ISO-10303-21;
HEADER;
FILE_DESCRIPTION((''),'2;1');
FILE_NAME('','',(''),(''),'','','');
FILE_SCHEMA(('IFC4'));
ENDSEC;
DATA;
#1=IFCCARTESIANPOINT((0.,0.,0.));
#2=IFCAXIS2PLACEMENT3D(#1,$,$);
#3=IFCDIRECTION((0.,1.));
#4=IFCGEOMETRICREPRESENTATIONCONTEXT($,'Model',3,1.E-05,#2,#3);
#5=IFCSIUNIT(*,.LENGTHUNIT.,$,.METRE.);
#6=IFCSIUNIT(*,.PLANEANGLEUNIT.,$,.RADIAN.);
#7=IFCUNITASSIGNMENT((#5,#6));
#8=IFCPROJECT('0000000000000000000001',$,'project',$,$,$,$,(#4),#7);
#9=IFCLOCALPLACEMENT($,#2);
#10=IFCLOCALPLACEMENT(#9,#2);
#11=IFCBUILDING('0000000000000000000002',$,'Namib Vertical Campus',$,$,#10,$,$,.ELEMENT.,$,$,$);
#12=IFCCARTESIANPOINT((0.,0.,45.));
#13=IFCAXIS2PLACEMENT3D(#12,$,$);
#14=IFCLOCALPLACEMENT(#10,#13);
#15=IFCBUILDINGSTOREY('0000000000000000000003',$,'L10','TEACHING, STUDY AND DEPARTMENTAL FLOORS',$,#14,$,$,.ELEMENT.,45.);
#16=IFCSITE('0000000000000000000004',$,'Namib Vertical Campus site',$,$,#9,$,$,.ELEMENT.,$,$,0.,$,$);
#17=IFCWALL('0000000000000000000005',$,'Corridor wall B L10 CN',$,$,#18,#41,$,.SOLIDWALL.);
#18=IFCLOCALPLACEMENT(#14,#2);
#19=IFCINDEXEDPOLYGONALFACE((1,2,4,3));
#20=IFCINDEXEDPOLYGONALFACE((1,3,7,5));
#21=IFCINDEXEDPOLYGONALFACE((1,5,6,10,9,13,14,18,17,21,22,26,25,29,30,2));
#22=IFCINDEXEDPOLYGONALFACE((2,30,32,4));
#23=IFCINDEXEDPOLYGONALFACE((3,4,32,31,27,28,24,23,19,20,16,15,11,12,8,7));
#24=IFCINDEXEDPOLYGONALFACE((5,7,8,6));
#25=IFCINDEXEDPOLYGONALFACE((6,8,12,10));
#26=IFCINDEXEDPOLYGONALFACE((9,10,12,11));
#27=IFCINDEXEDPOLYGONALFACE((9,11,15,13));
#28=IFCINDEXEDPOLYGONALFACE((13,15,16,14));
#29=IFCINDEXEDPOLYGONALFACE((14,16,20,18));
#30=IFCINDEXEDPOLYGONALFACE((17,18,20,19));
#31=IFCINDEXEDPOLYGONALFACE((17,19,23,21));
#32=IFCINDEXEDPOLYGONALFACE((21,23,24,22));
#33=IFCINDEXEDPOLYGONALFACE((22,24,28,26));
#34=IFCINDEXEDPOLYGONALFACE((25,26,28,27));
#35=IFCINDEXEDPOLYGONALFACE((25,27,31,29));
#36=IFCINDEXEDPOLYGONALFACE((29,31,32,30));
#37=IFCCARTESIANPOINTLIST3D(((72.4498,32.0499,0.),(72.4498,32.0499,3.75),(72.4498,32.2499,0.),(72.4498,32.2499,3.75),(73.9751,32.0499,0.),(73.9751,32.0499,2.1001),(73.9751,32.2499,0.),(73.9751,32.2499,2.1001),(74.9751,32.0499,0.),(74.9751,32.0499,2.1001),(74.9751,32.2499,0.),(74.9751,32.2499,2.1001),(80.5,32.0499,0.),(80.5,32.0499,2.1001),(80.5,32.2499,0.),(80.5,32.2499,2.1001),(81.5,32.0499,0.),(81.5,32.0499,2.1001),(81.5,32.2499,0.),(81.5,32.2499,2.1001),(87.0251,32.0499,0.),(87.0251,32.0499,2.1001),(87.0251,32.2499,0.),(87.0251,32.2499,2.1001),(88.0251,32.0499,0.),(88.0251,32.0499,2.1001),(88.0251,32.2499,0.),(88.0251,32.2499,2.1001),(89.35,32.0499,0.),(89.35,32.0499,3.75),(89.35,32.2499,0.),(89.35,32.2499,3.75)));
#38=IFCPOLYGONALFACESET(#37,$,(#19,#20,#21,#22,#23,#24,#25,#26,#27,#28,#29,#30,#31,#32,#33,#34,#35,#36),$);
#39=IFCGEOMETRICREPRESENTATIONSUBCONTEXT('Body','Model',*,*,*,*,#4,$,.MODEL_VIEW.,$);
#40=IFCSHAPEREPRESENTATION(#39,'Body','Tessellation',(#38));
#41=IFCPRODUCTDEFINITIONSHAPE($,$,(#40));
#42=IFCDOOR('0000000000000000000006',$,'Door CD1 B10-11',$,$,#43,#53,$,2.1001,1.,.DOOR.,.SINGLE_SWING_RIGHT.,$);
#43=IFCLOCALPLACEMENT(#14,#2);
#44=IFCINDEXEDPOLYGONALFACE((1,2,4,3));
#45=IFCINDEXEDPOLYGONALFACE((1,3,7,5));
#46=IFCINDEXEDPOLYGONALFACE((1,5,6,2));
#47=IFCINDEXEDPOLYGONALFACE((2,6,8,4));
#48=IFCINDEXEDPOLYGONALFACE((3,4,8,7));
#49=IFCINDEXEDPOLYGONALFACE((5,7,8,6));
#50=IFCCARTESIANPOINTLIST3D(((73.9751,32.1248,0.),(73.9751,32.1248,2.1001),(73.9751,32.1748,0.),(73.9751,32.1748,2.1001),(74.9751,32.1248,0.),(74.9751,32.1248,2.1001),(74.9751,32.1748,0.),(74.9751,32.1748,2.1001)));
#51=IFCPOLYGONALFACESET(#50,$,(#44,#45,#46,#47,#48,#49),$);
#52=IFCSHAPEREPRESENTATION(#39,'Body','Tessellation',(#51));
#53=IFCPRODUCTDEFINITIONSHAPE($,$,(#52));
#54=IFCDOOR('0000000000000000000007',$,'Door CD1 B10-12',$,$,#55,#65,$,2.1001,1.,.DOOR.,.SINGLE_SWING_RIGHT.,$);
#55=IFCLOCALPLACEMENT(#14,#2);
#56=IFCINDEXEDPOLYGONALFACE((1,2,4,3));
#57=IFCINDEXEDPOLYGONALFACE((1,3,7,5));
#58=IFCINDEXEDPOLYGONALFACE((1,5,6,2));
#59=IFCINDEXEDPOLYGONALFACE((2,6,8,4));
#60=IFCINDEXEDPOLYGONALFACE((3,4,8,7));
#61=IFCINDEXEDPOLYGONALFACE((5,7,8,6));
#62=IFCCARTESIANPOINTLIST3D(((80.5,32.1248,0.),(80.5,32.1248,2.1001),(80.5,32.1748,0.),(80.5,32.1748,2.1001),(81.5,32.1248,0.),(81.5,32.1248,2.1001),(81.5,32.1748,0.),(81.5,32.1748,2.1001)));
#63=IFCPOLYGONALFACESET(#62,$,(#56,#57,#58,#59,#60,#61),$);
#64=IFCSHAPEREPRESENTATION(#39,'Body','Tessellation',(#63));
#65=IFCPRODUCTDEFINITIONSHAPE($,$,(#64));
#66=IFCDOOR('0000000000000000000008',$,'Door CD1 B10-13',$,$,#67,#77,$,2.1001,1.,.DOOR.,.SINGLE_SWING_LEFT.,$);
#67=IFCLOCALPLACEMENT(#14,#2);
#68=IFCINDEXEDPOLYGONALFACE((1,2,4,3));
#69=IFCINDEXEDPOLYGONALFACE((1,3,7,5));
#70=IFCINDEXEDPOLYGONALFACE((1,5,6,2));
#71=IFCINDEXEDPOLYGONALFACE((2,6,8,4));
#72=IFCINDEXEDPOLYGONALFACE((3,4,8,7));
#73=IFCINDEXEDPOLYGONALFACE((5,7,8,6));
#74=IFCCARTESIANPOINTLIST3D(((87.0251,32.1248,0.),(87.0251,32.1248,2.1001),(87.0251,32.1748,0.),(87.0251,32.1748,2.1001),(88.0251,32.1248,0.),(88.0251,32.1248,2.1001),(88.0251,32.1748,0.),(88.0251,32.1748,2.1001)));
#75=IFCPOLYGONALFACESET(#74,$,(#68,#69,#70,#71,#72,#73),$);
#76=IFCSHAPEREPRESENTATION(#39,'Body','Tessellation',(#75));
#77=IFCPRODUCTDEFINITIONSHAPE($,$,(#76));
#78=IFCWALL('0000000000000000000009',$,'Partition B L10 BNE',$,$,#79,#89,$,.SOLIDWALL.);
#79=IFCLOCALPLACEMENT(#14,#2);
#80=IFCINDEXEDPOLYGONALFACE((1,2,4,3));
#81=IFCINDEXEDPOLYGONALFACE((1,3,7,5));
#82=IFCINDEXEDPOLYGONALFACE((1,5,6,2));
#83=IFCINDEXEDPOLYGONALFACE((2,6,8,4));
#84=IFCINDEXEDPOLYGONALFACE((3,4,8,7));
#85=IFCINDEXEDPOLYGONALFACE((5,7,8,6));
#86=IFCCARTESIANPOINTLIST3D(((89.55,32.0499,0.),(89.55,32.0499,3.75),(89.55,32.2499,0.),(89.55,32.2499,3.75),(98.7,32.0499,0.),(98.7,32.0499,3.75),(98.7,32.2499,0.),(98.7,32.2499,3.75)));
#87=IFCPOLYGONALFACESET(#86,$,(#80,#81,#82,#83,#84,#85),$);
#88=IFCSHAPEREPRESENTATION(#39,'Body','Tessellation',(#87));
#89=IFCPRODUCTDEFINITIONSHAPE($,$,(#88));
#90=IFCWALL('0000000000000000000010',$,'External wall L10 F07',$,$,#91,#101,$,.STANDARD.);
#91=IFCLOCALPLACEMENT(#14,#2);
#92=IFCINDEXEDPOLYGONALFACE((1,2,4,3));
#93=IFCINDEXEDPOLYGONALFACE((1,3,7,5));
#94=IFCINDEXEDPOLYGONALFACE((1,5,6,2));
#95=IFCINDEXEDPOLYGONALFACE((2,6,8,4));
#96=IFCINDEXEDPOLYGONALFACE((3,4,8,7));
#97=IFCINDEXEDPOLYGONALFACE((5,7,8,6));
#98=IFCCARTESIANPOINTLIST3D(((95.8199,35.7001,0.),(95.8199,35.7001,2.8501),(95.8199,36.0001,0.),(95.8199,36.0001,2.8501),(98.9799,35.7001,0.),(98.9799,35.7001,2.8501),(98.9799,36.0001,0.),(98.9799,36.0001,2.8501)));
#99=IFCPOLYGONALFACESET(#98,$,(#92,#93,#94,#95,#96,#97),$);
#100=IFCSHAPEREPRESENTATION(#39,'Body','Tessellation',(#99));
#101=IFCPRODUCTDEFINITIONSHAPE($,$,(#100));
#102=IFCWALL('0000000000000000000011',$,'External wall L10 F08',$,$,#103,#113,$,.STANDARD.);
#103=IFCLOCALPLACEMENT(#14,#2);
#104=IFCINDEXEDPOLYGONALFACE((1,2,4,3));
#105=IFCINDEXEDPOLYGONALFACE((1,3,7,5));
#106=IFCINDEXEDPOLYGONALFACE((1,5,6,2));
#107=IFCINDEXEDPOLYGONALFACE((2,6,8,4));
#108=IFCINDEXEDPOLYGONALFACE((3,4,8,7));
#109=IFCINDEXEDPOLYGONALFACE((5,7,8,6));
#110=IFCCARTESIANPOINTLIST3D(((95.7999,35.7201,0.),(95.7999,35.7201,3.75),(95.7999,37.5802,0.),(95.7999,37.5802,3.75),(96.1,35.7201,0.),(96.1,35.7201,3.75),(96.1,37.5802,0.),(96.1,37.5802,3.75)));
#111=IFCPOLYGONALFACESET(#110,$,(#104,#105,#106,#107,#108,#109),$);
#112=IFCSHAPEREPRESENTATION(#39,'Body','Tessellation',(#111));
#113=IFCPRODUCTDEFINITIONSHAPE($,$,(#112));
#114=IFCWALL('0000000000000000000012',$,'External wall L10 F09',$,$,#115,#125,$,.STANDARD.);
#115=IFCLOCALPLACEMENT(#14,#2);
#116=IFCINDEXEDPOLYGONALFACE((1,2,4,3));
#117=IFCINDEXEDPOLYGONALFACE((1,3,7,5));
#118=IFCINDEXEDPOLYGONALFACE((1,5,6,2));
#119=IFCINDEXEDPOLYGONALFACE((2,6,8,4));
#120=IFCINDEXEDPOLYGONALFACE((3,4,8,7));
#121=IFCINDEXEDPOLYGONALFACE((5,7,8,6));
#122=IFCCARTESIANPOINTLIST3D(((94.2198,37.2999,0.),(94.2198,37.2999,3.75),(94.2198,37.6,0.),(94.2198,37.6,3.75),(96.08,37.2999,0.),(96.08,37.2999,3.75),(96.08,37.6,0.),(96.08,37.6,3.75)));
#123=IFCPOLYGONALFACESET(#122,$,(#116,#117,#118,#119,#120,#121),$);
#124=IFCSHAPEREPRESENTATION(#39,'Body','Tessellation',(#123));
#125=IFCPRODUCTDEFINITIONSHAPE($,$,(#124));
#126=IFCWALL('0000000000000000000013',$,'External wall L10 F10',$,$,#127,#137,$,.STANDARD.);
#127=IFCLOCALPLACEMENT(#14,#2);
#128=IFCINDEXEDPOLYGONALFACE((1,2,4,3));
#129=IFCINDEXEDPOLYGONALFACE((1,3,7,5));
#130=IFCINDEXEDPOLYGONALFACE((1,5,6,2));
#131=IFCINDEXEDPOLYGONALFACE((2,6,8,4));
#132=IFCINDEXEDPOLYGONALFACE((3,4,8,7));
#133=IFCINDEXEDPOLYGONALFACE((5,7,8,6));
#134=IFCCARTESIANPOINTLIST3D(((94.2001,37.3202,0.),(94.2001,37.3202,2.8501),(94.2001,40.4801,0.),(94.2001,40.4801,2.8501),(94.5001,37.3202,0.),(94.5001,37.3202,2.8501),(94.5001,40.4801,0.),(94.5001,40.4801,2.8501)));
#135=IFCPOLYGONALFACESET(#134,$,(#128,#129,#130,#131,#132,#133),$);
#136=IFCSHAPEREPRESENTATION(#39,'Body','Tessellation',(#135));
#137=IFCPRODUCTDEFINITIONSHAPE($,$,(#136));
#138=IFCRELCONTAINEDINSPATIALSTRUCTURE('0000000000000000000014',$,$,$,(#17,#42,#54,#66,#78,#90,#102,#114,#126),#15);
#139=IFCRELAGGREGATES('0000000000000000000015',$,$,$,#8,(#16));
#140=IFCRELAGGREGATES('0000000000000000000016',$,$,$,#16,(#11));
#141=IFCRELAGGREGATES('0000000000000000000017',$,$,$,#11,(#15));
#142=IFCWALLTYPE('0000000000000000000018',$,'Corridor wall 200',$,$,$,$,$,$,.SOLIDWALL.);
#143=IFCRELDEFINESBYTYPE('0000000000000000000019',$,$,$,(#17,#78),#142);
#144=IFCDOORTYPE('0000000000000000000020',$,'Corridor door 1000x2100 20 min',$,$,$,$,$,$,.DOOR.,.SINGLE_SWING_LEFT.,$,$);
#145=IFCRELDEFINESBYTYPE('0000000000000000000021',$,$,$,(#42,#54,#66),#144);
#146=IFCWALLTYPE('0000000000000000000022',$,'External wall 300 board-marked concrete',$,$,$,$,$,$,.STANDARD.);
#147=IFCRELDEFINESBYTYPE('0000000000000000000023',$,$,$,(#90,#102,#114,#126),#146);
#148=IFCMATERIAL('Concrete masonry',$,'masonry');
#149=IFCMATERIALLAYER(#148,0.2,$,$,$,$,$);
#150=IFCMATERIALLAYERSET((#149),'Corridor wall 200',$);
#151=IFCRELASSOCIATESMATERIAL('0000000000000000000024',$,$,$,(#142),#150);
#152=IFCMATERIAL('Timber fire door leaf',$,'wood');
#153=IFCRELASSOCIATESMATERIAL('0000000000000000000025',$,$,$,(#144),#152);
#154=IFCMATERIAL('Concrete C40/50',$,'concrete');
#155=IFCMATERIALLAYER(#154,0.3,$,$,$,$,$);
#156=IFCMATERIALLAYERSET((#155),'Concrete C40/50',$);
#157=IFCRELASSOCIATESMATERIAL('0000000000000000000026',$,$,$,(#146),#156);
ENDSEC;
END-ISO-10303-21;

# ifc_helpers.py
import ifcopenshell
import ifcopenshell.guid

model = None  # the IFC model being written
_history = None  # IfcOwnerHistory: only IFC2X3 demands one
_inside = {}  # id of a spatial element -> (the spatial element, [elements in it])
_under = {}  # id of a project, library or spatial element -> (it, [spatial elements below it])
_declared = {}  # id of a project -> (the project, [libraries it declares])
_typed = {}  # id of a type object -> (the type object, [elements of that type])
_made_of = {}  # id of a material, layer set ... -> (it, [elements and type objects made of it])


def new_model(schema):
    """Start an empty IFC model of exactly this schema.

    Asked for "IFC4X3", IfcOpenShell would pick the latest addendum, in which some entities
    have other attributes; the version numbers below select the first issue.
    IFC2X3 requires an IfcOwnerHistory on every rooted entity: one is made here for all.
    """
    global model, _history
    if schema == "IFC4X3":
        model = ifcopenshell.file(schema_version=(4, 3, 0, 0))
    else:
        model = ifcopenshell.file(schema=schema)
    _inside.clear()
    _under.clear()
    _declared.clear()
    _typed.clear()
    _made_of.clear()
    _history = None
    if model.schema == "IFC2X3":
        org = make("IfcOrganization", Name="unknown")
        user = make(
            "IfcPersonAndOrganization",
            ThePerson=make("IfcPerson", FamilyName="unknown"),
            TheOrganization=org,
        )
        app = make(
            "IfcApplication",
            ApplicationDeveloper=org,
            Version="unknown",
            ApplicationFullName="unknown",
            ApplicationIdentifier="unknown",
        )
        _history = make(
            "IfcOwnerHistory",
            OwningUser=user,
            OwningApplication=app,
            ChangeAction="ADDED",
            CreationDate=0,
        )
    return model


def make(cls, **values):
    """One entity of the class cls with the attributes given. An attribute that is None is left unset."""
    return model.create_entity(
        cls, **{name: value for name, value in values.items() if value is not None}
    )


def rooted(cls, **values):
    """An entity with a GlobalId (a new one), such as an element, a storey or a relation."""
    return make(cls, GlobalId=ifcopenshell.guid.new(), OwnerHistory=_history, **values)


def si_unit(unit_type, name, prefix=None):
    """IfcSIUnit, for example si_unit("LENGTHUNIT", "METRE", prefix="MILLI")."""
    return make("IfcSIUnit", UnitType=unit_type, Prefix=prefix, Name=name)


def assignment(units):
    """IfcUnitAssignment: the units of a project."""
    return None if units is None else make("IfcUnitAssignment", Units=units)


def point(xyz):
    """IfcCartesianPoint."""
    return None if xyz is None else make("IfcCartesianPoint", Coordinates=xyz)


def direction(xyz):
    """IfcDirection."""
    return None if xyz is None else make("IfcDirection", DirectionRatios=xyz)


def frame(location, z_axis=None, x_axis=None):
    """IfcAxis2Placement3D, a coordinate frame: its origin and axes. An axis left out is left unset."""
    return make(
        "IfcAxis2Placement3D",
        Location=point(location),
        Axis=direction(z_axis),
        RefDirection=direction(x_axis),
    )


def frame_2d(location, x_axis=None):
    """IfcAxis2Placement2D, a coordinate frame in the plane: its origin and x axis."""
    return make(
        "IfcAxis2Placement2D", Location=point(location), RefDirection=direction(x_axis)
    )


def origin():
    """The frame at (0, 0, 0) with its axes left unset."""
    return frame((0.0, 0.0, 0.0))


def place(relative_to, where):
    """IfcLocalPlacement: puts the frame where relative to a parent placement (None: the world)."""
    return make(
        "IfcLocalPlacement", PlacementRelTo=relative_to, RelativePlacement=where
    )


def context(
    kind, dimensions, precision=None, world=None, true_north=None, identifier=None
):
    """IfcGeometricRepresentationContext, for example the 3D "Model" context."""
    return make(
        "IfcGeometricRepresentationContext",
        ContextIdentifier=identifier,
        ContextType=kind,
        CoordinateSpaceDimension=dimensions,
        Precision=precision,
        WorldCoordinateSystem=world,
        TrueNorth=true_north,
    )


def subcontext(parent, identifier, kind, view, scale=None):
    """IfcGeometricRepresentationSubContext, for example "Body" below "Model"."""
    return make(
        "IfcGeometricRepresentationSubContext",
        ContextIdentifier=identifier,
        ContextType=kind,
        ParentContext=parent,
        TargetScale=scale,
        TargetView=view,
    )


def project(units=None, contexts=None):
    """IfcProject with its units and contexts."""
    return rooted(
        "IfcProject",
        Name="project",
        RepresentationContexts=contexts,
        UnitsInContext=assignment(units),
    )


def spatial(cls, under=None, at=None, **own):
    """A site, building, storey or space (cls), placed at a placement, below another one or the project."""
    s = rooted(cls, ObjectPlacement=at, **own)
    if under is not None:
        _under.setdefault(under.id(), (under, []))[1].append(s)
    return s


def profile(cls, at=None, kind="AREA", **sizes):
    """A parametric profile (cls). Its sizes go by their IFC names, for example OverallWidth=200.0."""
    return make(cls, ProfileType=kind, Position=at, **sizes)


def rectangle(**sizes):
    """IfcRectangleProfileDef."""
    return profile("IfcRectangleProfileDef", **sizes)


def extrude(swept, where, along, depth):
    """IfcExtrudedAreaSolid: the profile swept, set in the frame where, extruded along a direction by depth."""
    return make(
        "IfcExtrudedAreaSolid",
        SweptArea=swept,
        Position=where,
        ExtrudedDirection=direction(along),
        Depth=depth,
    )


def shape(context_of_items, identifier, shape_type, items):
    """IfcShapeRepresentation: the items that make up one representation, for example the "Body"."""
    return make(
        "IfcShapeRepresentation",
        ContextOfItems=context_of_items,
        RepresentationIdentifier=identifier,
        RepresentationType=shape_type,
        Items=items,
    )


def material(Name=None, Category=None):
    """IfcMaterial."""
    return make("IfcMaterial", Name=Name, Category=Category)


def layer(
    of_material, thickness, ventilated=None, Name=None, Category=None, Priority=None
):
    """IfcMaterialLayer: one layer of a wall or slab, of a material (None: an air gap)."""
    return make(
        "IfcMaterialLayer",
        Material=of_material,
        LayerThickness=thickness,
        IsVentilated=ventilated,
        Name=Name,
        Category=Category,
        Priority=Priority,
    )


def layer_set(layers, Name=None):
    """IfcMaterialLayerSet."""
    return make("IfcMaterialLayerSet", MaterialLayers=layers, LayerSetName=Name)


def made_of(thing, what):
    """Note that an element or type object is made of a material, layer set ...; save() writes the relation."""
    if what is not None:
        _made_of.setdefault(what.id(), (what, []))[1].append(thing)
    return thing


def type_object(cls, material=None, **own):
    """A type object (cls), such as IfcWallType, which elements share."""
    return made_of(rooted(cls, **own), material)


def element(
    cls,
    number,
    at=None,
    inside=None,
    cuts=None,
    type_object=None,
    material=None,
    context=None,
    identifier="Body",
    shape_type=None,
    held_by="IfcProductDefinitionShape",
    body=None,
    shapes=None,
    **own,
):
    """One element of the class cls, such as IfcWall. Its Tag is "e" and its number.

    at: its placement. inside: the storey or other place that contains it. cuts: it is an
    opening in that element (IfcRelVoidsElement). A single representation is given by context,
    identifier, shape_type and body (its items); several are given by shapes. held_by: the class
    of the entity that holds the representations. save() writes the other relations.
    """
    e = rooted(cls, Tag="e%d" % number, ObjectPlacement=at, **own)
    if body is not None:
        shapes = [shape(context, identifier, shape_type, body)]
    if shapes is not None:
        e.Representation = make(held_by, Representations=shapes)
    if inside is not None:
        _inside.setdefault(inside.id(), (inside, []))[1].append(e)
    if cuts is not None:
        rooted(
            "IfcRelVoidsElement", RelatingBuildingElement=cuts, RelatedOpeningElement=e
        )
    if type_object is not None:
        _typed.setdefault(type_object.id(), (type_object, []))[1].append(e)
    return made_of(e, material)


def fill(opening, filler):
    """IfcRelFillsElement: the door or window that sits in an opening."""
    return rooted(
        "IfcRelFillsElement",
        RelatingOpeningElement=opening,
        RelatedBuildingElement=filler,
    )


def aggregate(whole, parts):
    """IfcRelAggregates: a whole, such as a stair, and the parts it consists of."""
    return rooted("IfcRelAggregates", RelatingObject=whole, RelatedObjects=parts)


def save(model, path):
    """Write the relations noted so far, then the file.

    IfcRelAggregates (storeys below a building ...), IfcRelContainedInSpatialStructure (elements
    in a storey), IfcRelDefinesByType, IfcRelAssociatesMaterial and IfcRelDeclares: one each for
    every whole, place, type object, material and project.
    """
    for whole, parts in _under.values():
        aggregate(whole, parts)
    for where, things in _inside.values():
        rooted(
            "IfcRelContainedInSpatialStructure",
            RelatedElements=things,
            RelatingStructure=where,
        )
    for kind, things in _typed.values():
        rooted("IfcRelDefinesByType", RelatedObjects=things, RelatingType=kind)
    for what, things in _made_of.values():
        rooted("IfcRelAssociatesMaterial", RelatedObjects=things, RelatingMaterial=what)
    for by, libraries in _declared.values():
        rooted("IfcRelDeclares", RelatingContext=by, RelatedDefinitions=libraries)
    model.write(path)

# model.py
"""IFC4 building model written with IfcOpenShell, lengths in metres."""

from ifc_helpers import new_model, si_unit, direction, frame, frame_2d, origin, place, context, subcontext, project, spatial, rectangle, extrude, material, layer, layer_set, type_object, element, fill, save


model = new_model("IFC4")

# Units and contexts
model_context = context("Model", 3, precision=1e-05, world=origin(), true_north=direction((0.0, 1.0)))
body_context = subcontext(model_context, "Body", "Model", "MODEL_VIEW")
ifc_project = project(units=[si_unit("LENGTHUNIT", "METRE"), si_unit("PLANEANGLEUNIT", "RADIAN")], contexts=[model_context])

# Site, building, storey
site_placement = place(None, origin())
site = spatial("IfcSite", under=ifc_project, at=site_placement, Name="Namib Vertical Campus site", CompositionType="ELEMENT", RefElevation=0.0)
building_placement = place(site_placement, origin())
building = spatial("IfcBuilding", under=site, at=building_placement, Name="Namib Vertical Campus", CompositionType="ELEMENT")
storey_placement = place(building_placement, frame((0.0, 0.0, 45.0)))
storey = spatial("IfcBuildingStorey", under=building, at=storey_placement, Name="L10", Description="TEACHING, STUDY AND DEPARTMENTAL FLOORS", CompositionType="ELEMENT", Elevation=45.0)

# Wall, openings, doors
ifc_material_1 = material(Name="Concrete masonry", Category="masonry")
ifc_layer_1 = layer(ifc_material_1, 0.2)
ifc_layer_set_1 = layer_set([ifc_layer_1], Name="Corridor wall 200")
wall_type_1 = type_object("IfcWallType", Name="Corridor wall 200", PredefinedType="SOLIDWALL", material=ifc_layer_set_1)
wall_1_placement = place(storey_placement, frame((89.3501, 32.1499, 0.0), z_axis=(0.0, 0.0, 1.0), x_axis=(-1.0, 0.0, 0.0)))
wall_1 = element("IfcWall", 1, at=wall_1_placement, inside=storey, type_object=wall_type_1, Name="Corridor wall B L10 CN", PredefinedType="SOLIDWALL", context=body_context, shape_type="SweptSolid", body=[
    extrude(rectangle(XDim=16.9001, YDim=0.2, at=frame_2d((8.4502, 0.0))), origin(), (0.0, 0.0, 1.0), 3.75),
])
opening_1_placement = place(wall_1_placement, frame((14.375, 0.0, 0.0)))
opening_1 = element("IfcOpeningElement", 2, at=opening_1_placement, cuts=wall_1, PredefinedType="OPENING", context=body_context, shape_type="SweptSolid", body=[
    extrude(rectangle(XDim=1.0, YDim=2.1001, at=frame_2d((0.5, 1.05))), frame((0.0, 0.1099, 0.0), z_axis=(0.0, -1.0, 0.0), x_axis=(1.0, 0.0, 0.0)), (0.0, 0.0, 1.0), 0.22),
])
opening_2_placement = place(wall_1_placement, frame((7.8501, 0.0, 0.0)))
opening_2 = element("IfcOpeningElement", 3, at=opening_2_placement, cuts=wall_1, PredefinedType="OPENING", context=body_context, shape_type="SweptSolid", body=[
    extrude(rectangle(XDim=1.0, YDim=2.1001, at=frame_2d((0.5, 1.05))), frame((0.0, 0.1099, 0.0), z_axis=(0.0, -1.0, 0.0), x_axis=(1.0, 0.0, 0.0)), (0.0, 0.0, 1.0), 0.22),
])
opening_3_placement = place(wall_1_placement, frame((1.325, 0.0, 0.0)))
opening_3 = element("IfcOpeningElement", 4, at=opening_3_placement, cuts=wall_1, PredefinedType="OPENING", context=body_context, shape_type="SweptSolid", body=[
    extrude(rectangle(XDim=1.0, YDim=2.1001, at=frame_2d((0.5, 1.05))), frame((0.0, 0.1099, 0.0), z_axis=(0.0, -1.0, 0.0), x_axis=(1.0, 0.0, 0.0)), (0.0, 0.0, 1.0), 0.22),
])
ifc_material_2 = material(Name="Timber fire door leaf", Category="wood")
door_type = type_object("IfcDoorType", Name="Corridor door 1000x2100 20 min", OperationType="SINGLE_SWING_LEFT", PredefinedType="DOOR", material=ifc_material_2)
door_1_placement = place(opening_1_placement, frame((1.0, 0.0, 0.0), z_axis=(0.0, 0.0, 1.0), x_axis=(-1.0, 0.0, 0.0)))
door_1 = element("IfcDoor", 5, at=door_1_placement, inside=storey, type_object=door_type, Name="Door CD1 B10-11", OperationType="SINGLE_SWING_RIGHT", OverallHeight=2.1001, OverallWidth=1.0, PredefinedType="DOOR", context=body_context, shape_type="SweptSolid", body=[
    extrude(rectangle(XDim=1.0, YDim=2.1001, at=frame_2d((0.5, 1.05))), frame((0.0, 0.0249, 0.0), z_axis=(0.0, -1.0, 0.0), x_axis=(1.0, 0.0, 0.0)), (0.0, 0.0, 1.0), 0.05),
])
fill(opening_1, door_1)
door_2_placement = place(opening_2_placement, frame((1.0, 0.0, 0.0), z_axis=(0.0, 0.0, 1.0), x_axis=(-1.0, 0.0, 0.0)))
door_2 = element("IfcDoor", 6, at=door_2_placement, inside=storey, type_object=door_type, Name="Door CD1 B10-12", OperationType="SINGLE_SWING_RIGHT", OverallHeight=2.1001, OverallWidth=1.0, PredefinedType="DOOR", context=body_context, shape_type="SweptSolid", body=[
    extrude(rectangle(XDim=1.0, YDim=2.1001, at=frame_2d((0.5, 1.05))), frame((0.0, 0.0249, 0.0), z_axis=(0.0, -1.0, 0.0), x_axis=(1.0, 0.0, 0.0)), (0.0, 0.0, 1.0), 0.05),
])
fill(opening_2, door_2)
door_3_placement = place(opening_3_placement, frame((1.0, 0.0, 0.0), z_axis=(0.0, 0.0, 1.0), x_axis=(-1.0, 0.0, 0.0)))
door_3 = element("IfcDoor", 7, at=door_3_placement, inside=storey, type_object=door_type, Name="Door CD1 B10-13", OperationType="SINGLE_SWING_LEFT", OverallHeight=2.1001, OverallWidth=1.0, PredefinedType="DOOR", context=body_context, shape_type="SweptSolid", body=[
    extrude(rectangle(XDim=1.0, YDim=2.1001, at=frame_2d((0.5, 1.05))), frame((0.0, 0.0249, 0.0), z_axis=(0.0, -1.0, 0.0), x_axis=(1.0, 0.0, 0.0)), (0.0, 0.0, 1.0), 0.05),
])
fill(opening_3, door_3)

# Walls
wall_2_placement = place(storey_placement, frame((89.55, 32.1499, 0.0), z_axis=(0.0, 0.0, 1.0), x_axis=(1.0, 0.0, 0.0)))
element("IfcWall", 8, at=wall_2_placement, inside=storey, type_object=wall_type_1, Name="Partition B L10 BNE", PredefinedType="SOLIDWALL", context=body_context, shape_type="SweptSolid", body=[
    extrude(rectangle(XDim=9.1499, YDim=0.2, at=frame_2d((4.575, 0.0))), origin(), (0.0, 0.0, 1.0), 3.75),
])
ifc_material_3 = material(Name="Concrete C40/50", Category="concrete")
ifc_layer_2 = layer(ifc_material_3, 0.3)
ifc_layer_set_2 = layer_set([ifc_layer_2], Name="Concrete C40/50")
wall_type_2 = type_object("IfcWallType", Name="External wall 300 board-marked concrete", PredefinedType="STANDARD", material=ifc_layer_set_2)
wall_3_placement = place(storey_placement, frame((98.98, 35.8501, 0.0), z_axis=(0.0, 0.0, 1.0), x_axis=(-1.0, 0.0, 0.0)))
element("IfcWall", 9, at=wall_3_placement, inside=storey, type_object=wall_type_2, Name="External wall L10 F07", PredefinedType="STANDARD", context=body_context, shape_type="SweptSolid", body=[
    extrude(rectangle(XDim=3.1599, YDim=0.3, at=frame_2d((1.5801, 0.0))), origin(), (0.0, 0.0, 1.0), 2.8501),
])
for number, where, z_axis, x_axis, name in (
    (10, (95.95, 35.72, 0.0), (0.0, 0.0, 1.0), (0.0, 1.0, 0.0), "External wall L10 F08"),
    (11, (96.0801, 37.45, 0.0), (0.0, 0.0, 1.0), (-1.0, 0.0, 0.0), "External wall L10 F09"),
):
    element("IfcWall", number, at=place(storey_placement, frame(where, z_axis=z_axis, x_axis=x_axis)), inside=storey, type_object=wall_type_2, Name=name, PredefinedType="STANDARD", context=body_context, shape_type="SweptSolid", body=[
        extrude(rectangle(XDim=1.8601, YDim=0.3, at=frame_2d((0.9302, 0.0))), origin(), (0.0, 0.0, 1.0), 3.75),
    ])
wall_4_placement = place(storey_placement, frame((94.3501, 37.3201, 0.0), z_axis=(0.0, 0.0, 1.0), x_axis=(0.0, 1.0, 0.0)))
element("IfcWall", 12, at=wall_4_placement, inside=storey, type_object=wall_type_2, Name="External wall L10 F10", PredefinedType="STANDARD", context=body_context, shape_type="SweptSolid", body=[
    extrude(rectangle(XDim=3.1599, YDim=0.3, at=frame_2d((1.5801, 0.0))), origin(), (0.0, 0.0, 1.0), 2.8501),
])

save(model, "model.ifc")
